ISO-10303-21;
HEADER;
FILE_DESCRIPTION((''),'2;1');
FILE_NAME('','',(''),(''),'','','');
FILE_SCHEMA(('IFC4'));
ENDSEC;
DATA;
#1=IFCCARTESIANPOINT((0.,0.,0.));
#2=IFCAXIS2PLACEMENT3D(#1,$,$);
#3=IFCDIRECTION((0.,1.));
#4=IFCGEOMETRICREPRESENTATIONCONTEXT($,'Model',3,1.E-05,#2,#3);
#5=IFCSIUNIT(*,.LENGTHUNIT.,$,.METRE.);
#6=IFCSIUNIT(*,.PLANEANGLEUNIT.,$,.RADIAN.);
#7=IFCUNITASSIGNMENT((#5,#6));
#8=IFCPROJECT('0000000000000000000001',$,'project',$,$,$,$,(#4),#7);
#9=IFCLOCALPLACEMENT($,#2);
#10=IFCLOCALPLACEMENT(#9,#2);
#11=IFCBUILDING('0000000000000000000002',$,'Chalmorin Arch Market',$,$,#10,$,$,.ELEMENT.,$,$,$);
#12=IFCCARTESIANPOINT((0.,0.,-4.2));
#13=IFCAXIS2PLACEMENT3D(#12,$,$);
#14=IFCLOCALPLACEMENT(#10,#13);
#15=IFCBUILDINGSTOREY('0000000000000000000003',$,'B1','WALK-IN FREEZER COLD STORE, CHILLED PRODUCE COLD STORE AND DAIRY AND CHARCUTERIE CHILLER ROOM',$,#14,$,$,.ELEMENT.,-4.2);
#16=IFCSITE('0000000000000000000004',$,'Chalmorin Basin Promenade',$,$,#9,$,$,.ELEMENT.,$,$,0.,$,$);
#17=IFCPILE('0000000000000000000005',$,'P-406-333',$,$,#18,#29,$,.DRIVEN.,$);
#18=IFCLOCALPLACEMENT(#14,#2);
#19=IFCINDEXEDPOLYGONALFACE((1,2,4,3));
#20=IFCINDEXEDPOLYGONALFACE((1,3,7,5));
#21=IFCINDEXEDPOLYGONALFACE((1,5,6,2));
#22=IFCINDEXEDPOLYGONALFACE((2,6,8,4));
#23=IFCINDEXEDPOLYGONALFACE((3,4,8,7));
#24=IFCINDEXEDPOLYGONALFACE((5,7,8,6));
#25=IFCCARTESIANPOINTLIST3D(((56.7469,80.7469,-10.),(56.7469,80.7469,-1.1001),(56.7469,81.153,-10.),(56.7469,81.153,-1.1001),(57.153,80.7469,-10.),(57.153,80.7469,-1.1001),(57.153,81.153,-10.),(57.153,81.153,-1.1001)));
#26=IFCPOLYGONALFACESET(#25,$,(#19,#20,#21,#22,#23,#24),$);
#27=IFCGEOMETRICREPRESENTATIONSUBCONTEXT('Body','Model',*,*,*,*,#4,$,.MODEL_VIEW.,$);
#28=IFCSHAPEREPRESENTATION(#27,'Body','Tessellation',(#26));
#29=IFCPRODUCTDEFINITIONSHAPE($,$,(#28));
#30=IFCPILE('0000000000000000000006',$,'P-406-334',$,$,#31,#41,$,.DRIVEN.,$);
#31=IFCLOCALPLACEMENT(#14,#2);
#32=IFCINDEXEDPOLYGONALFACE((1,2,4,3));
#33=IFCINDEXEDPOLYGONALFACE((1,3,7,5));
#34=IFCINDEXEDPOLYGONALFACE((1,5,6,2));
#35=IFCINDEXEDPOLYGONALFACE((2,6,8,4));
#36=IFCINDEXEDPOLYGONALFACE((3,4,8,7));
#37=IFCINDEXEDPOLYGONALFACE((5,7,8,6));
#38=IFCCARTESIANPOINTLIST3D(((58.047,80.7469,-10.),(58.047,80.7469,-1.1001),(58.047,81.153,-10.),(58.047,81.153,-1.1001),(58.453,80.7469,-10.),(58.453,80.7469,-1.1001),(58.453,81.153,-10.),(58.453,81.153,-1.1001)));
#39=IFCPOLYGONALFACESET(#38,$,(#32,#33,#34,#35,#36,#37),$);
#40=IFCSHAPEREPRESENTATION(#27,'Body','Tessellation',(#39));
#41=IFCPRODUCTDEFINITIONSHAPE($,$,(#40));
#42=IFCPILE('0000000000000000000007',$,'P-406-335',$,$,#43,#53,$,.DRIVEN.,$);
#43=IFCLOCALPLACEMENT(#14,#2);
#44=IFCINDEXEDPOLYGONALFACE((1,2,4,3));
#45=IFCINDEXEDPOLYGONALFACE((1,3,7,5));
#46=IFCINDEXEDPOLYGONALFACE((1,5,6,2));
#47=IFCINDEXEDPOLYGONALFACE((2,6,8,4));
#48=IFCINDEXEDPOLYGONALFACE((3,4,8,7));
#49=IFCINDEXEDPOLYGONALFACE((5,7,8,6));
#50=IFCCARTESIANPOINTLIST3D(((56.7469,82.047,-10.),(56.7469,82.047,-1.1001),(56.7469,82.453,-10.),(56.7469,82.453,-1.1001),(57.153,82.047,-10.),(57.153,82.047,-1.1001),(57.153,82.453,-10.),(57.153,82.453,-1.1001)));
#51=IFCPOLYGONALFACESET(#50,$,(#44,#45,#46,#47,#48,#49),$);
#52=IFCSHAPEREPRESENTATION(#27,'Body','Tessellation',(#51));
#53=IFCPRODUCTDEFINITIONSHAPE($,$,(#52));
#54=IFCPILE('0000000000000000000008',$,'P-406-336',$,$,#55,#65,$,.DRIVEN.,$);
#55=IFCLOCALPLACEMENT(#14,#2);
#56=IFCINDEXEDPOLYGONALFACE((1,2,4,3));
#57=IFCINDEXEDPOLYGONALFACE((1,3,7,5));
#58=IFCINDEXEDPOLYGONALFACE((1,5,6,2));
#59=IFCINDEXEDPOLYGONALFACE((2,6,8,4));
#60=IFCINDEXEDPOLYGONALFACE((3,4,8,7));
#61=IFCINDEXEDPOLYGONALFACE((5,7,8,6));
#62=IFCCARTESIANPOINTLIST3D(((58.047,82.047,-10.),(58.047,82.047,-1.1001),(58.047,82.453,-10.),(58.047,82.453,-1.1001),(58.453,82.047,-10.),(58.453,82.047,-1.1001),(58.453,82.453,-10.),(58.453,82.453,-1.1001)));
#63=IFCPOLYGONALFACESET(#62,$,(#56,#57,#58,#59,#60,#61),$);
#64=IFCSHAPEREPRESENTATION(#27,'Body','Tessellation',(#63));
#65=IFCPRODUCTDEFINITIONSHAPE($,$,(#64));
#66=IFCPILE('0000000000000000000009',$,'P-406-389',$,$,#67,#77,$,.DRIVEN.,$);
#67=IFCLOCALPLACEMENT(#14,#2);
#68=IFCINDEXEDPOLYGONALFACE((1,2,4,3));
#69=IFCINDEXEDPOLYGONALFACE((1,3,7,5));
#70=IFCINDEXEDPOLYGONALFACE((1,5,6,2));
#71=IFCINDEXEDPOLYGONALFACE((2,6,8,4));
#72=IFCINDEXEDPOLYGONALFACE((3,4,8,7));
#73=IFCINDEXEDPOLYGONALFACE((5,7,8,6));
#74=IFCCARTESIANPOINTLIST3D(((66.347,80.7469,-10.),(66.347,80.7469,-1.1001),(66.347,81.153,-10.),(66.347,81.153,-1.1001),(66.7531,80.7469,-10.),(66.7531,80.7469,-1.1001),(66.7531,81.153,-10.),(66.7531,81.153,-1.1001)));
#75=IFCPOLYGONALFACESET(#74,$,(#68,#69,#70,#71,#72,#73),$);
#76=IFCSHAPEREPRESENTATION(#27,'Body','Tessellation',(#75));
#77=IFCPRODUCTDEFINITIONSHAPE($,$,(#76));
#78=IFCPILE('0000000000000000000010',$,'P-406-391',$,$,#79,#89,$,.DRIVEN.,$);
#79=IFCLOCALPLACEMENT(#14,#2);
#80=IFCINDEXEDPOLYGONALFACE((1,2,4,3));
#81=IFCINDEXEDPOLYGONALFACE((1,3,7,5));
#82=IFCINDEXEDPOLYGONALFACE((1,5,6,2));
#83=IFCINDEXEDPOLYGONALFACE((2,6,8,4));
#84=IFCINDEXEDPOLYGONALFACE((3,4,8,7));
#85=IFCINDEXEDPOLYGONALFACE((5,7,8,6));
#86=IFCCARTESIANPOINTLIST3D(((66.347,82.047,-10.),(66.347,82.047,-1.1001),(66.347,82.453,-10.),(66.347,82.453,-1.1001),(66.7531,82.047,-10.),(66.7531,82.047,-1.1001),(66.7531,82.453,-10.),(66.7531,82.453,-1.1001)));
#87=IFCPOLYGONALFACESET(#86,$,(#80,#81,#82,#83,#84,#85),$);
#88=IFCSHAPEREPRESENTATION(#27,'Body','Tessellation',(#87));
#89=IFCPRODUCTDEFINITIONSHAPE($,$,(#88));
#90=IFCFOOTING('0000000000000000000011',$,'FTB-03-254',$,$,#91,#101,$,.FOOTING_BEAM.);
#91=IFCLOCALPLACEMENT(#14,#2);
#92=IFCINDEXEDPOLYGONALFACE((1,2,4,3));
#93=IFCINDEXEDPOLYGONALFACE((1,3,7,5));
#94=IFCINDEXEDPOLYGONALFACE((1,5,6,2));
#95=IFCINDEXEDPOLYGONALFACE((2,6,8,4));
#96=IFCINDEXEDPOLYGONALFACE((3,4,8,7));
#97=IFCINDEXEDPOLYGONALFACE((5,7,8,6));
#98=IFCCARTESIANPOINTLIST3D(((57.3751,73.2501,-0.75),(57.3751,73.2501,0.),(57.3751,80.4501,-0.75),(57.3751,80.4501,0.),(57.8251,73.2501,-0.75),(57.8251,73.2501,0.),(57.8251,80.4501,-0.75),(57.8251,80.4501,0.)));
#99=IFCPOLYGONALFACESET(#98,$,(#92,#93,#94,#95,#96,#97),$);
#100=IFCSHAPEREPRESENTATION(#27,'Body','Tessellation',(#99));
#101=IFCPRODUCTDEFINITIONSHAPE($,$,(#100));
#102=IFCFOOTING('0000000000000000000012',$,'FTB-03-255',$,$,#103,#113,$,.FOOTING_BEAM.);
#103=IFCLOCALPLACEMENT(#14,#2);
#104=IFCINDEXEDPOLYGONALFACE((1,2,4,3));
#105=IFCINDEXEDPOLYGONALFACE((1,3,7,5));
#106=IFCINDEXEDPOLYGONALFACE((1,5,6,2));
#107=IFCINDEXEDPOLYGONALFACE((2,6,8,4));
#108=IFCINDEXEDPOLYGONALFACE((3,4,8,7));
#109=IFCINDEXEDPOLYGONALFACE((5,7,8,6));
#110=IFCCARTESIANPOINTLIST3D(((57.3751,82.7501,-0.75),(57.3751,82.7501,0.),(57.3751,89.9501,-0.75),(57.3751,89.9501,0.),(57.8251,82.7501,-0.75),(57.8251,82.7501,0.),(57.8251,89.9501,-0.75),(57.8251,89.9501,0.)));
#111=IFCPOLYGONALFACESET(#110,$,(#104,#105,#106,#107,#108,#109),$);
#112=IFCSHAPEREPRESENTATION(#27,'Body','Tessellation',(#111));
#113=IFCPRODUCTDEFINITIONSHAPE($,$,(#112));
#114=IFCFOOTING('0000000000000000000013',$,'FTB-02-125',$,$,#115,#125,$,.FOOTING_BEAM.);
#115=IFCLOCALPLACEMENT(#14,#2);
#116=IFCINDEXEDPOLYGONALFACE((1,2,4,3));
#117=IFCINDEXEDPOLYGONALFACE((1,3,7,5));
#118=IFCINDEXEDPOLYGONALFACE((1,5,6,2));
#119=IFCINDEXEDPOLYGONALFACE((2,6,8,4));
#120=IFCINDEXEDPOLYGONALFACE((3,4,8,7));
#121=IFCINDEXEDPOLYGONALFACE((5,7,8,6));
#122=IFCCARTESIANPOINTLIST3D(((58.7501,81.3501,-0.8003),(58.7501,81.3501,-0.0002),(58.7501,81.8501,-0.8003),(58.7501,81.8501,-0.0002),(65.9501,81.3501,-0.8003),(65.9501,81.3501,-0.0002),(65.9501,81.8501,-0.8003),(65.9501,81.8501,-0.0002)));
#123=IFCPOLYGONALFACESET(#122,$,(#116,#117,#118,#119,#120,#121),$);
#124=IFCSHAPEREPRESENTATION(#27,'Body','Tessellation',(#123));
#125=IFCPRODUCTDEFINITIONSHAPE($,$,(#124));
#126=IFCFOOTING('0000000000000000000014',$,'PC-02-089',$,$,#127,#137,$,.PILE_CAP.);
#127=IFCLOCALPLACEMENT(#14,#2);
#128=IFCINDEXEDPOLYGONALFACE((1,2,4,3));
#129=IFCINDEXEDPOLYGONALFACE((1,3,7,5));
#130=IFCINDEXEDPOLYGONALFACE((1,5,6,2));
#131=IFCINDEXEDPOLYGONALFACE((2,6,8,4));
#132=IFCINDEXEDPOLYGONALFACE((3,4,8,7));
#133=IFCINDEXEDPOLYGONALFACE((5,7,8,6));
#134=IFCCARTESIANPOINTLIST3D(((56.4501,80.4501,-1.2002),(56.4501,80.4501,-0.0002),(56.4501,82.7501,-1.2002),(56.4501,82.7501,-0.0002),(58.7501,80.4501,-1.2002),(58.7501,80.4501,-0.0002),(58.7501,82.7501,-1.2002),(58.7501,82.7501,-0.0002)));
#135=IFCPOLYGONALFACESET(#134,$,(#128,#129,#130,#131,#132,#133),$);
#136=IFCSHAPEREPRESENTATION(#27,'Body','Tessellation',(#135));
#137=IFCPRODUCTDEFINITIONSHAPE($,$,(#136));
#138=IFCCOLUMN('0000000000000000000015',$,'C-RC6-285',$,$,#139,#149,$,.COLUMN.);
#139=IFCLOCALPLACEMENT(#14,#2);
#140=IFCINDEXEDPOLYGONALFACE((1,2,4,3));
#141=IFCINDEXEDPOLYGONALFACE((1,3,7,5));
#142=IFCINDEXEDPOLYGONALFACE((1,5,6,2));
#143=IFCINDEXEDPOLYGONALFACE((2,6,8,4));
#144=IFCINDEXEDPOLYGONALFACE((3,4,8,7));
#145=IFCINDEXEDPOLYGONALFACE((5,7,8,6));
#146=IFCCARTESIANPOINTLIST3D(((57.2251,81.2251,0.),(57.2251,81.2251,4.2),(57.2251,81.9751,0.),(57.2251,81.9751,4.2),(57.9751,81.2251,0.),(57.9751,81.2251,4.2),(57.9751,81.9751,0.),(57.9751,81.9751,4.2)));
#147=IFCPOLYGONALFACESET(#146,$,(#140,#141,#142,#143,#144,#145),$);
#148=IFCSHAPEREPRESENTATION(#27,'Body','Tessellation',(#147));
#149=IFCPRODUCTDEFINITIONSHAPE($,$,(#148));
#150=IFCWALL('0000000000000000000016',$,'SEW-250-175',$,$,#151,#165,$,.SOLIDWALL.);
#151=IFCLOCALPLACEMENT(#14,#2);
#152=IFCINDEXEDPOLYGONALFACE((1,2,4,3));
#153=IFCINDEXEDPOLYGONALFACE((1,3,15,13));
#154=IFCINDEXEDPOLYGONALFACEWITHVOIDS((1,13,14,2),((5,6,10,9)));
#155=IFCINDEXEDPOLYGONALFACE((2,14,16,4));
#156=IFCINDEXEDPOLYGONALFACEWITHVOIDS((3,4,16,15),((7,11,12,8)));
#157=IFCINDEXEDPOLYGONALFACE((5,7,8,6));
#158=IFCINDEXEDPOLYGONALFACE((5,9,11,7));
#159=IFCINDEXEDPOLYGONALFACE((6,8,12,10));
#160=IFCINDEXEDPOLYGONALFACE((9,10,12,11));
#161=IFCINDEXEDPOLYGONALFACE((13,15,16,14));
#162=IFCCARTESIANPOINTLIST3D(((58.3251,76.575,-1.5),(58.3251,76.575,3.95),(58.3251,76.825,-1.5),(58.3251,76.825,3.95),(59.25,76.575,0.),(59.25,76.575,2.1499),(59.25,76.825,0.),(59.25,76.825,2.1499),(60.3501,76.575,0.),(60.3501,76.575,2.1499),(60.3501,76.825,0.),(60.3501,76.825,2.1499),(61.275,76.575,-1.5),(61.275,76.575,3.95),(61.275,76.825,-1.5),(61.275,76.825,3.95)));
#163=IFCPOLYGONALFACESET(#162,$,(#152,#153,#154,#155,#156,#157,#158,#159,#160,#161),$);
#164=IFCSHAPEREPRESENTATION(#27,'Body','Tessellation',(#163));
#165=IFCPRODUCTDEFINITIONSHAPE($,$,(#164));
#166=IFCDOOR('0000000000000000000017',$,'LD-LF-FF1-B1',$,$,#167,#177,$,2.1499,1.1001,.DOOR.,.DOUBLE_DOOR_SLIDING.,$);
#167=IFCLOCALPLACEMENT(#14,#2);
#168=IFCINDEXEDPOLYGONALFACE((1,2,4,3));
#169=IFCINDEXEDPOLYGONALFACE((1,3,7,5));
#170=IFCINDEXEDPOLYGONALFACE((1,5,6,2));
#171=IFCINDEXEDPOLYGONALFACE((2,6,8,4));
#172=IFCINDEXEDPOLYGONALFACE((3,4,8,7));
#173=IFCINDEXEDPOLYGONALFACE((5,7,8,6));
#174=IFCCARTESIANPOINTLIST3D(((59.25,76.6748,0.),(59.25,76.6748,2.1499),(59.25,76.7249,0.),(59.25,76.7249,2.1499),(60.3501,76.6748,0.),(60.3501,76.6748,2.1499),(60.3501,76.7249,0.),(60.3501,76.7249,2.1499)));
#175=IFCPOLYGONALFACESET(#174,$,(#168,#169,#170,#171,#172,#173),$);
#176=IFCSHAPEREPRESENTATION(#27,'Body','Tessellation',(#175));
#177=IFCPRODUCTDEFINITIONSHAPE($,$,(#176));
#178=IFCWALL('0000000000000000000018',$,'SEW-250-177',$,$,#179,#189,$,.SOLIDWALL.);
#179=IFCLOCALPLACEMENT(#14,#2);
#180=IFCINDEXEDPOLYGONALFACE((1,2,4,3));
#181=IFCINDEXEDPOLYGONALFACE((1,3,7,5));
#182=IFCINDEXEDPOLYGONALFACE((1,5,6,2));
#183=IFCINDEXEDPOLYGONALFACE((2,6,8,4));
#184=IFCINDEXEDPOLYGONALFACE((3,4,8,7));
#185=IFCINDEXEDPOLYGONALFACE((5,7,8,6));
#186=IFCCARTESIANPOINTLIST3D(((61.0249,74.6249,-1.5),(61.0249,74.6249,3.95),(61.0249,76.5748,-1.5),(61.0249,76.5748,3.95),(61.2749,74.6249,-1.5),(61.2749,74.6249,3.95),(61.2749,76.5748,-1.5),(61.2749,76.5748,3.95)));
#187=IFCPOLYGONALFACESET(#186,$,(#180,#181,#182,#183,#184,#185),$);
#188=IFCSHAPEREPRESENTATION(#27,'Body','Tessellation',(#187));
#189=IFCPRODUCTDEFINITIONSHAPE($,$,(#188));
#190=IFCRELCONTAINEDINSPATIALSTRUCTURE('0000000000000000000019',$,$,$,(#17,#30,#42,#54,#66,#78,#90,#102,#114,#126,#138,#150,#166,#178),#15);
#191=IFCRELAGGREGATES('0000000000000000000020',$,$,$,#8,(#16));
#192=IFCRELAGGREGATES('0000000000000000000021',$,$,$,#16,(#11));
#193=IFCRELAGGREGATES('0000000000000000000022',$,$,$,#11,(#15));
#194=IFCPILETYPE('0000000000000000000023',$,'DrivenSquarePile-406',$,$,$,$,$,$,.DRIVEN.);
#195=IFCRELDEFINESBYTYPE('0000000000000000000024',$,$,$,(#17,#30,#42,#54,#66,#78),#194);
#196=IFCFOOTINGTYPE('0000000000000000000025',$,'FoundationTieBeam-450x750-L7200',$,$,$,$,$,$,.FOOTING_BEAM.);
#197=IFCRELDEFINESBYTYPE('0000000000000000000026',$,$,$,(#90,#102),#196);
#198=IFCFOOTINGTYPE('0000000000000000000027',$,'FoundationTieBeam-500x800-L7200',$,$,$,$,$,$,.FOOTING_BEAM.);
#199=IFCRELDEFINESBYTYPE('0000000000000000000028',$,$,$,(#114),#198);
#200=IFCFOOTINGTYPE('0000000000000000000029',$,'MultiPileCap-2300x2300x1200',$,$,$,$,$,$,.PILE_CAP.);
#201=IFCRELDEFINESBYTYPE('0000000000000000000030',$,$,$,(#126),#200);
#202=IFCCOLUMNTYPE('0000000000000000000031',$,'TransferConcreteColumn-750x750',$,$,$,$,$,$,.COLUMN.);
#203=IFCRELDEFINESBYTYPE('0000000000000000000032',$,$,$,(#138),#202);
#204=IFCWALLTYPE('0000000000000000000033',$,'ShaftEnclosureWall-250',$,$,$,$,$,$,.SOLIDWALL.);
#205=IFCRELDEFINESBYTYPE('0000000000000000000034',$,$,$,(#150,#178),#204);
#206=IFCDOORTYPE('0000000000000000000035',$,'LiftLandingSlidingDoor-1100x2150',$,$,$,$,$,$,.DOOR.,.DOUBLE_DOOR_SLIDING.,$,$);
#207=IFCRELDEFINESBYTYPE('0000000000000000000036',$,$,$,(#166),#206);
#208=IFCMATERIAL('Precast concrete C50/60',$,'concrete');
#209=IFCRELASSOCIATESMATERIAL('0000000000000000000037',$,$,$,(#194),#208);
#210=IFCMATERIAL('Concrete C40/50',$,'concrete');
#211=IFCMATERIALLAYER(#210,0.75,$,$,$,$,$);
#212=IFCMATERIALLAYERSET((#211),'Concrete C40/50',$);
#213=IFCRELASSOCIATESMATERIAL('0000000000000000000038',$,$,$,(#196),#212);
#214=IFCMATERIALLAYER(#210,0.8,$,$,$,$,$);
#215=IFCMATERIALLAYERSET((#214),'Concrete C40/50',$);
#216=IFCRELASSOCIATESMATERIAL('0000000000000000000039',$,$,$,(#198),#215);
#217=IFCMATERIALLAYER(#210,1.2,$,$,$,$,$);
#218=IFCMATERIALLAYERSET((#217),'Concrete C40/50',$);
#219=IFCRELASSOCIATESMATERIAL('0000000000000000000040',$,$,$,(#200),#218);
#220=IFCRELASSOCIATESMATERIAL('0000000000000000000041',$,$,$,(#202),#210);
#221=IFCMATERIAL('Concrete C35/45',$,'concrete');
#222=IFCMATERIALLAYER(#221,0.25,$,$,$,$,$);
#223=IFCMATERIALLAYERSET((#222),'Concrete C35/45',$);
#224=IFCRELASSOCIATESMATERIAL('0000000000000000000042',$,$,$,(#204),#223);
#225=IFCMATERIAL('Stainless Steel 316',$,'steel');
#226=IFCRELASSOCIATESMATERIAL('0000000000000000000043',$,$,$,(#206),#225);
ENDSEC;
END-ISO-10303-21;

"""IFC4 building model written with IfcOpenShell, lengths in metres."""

from ifc_helpers import new_model, si_unit, direction, frame, frame_2d, origin, origin_2d, place, context, subcontext, project, spatial, rectangle, extrude, material, layer, layer_set, material_profile, profile_set, type_object, element, fill, save


model = new_model("IFC4")

# Units and contexts
model_context = context("Model", 3, precision=1e-05, world=origin(), true_north=direction((0.0, 1.0)))
body_context = subcontext(model_context, "Body", "Model", "MODEL_VIEW")
ifc_project = project(units=[si_unit("LENGTHUNIT", "METRE"), si_unit("PLANEANGLEUNIT", "RADIAN")], contexts=[model_context])

# Site, building, storey
site_placement = place(None, origin())
site = spatial("IfcSite", under=ifc_project, at=site_placement, Name="Chalmorin Basin Promenade", CompositionType="ELEMENT", RefElevation=0.0)
building_placement = place(site_placement, origin())
building = spatial("IfcBuilding", under=site, at=building_placement, Name="Chalmorin Arch Market", CompositionType="ELEMENT")
storey_placement = place(building_placement, frame((0.0, 0.0, -4.2)))
storey = spatial("IfcBuildingStorey", under=building, at=storey_placement, Name="B1", Description="WALK-IN FREEZER COLD STORE, CHILLED PRODUCE COLD STORE AND DAIRY AND CHARCUTERIE CHILLER ROOM", CompositionType="ELEMENT", Elevation=-4.2)

# Piles
ifc_material_1 = material(Name="Precast concrete C50/60", Category="concrete")
ifc_material_profile_1 = material_profile(ifc_material_1, rectangle(XDim=0.406, YDim=0.406, at=origin_2d()), Name="PPC406")
ifc_profile_set_1 = profile_set([ifc_material_profile_1], Name="Precast concrete C50/60")
pile_type = type_object("IfcPileType", Name="DrivenSquarePile-406", PredefinedType="DRIVEN", material=ifc_profile_set_1)
for number, where, z_axis, x_axis, name in (
    (1, (56.95, 80.95, -1.1001), (0.0, 0.0, -1.0), (1.0, 0.0, 0.0), "P-406-333"),
    (2, (58.25, 80.95, -1.1001), (0.0, 0.0, -1.0), (1.0, 0.0, 0.0), "P-406-334"),
    (3, (56.95, 82.25, -1.1001), (0.0, 0.0, -1.0), (1.0, 0.0, 0.0), "P-406-335"),
    (4, (58.25, 82.25, -1.1001), (0.0, 0.0, -1.0), (1.0, 0.0, 0.0), "P-406-336"),
    (5, (66.55, 80.95, -1.1001), (0.0, 0.0, -1.0), (1.0, 0.0, 0.0), "P-406-389"),
    (6, (66.55, 82.25, -1.1001), (0.0, 0.0, -1.0), (1.0, 0.0, 0.0), "P-406-391"),
):
    element("IfcPile", number, at=place(storey_placement, frame(where, z_axis=z_axis, x_axis=x_axis)), inside=storey, type_object=pile_type, Name=name, PredefinedType="DRIVEN", context=body_context, shape_type="SweptSolid", body=[
        extrude(rectangle(XDim=0.406, YDim=0.406, at=origin_2d()), origin(), (0.0, 0.0, 1.0), 8.8999),
    ])

# Footings
ifc_material_2 = material(Name="Concrete C40/50", Category="concrete")
ifc_layer_1 = layer(ifc_material_2, 0.75)
ifc_layer_set_1 = layer_set([ifc_layer_1], Name="Concrete C40/50")
footing_type_1 = type_object("IfcFootingType", Name="FoundationTieBeam-450x750-L7200", PredefinedType="FOOTING_BEAM", material=ifc_layer_set_1)
for number, where, z_axis, x_axis, name in (
    (7, (57.6001, 76.8501, -0.75), (0.0, 0.0, 1.0), (0.0, 1.0, 0.0), "FTB-03-254"),
    (8, (57.6001, 86.3501, -0.75), (0.0, 0.0, 1.0), (0.0, 1.0, 0.0), "FTB-03-255"),
):
    element("IfcFooting", number, at=place(storey_placement, frame(where, z_axis=z_axis, x_axis=x_axis)), inside=storey, type_object=footing_type_1, Name=name, PredefinedType="FOOTING_BEAM", context=body_context, shape_type="SweptSolid", body=[
        extrude(rectangle(XDim=7.2, YDim=0.45, at=origin_2d()), origin(), (0.0, 0.0, 1.0), 0.75),
    ])
ifc_layer_2 = layer(ifc_material_2, 0.8)
ifc_layer_set_2 = layer_set([ifc_layer_2], Name="Concrete C40/50")
footing_type_2 = type_object("IfcFootingType", Name="FoundationTieBeam-500x800-L7200", PredefinedType="FOOTING_BEAM", material=ifc_layer_set_2)
footing_1_placement = place(storey_placement, frame((62.3501, 81.6001, -0.8003), z_axis=(0.0, 0.0, 1.0), x_axis=(1.0, 0.0, 0.0)))
element("IfcFooting", 9, at=footing_1_placement, inside=storey, type_object=footing_type_2, Name="FTB-02-125", PredefinedType="FOOTING_BEAM", context=body_context, shape_type="SweptSolid", body=[
    extrude(rectangle(XDim=7.2, YDim=0.5, at=origin_2d()), origin(), (0.0, 0.0, 1.0), 0.8),
])
ifc_layer_3 = layer(ifc_material_2, 1.2)
ifc_layer_set_3 = layer_set([ifc_layer_3], Name="Concrete C40/50")
footing_type_3 = type_object("IfcFootingType", Name="MultiPileCap-2300x2300x1200", PredefinedType="PILE_CAP", material=ifc_layer_set_3)
footing_2_placement = place(storey_placement, frame((57.6001, 81.6001, -1.2002), z_axis=(0.0, 0.0, 1.0), x_axis=(1.0, 0.0, 0.0)))
element("IfcFooting", 10, at=footing_2_placement, inside=storey, type_object=footing_type_3, Name="PC-02-089", PredefinedType="PILE_CAP", context=body_context, shape_type="SweptSolid", body=[
    extrude(rectangle(XDim=2.3, YDim=2.3, at=origin_2d()), origin(), (0.0, 0.0, 1.0), 1.2),
])

# Column
ifc_material_profile_2 = material_profile(ifc_material_2, rectangle(XDim=0.75, YDim=0.75, at=origin_2d()), Name="RC750X750")
ifc_profile_set_2 = profile_set([ifc_material_profile_2], Name="Concrete C40/50")
column_type = type_object("IfcColumnType", Name="TransferConcreteColumn-750x750", PredefinedType="COLUMN", material=ifc_profile_set_2)
column_placement = place(storey_placement, frame((57.6001, 81.6001, 0.0), z_axis=(0.0, 0.0, 1.0), x_axis=(1.0, 0.0, 0.0)))
element("IfcColumn", 11, at=column_placement, inside=storey, type_object=column_type, Name="C-RC6-285", PredefinedType="COLUMN", context=body_context, shape_type="SweptSolid", body=[
    extrude(rectangle(XDim=0.75, YDim=0.75, at=origin_2d()), origin(), (0.0, 0.0, 1.0), 4.2),
])

# Wall, opening, door
ifc_material_3 = material(Name="Concrete C35/45", Category="concrete")
ifc_layer_4 = layer(ifc_material_3, 0.25)
ifc_layer_set_4 = layer_set([ifc_layer_4], Name="Concrete C35/45")
wall_type_1 = type_object("IfcWallType", Name="ShaftEnclosureWall-250", PredefinedType="SOLIDWALL", material=ifc_layer_set_4)
wall_1_placement = place(storey_placement, frame((58.325, 76.7, -1.5), z_axis=(0.0, 0.0, 1.0), x_axis=(1.0, 0.0, 0.0)))
wall_1 = element("IfcWall", 12, at=wall_1_placement, inside=storey, type_object=wall_type_1, Name="SEW-250-175", PredefinedType="SOLIDWALL", context=body_context, shape_type="SweptSolid", body=[
    extrude(rectangle(XDim=2.95, YDim=0.25, at=frame_2d((1.4751, 0.0))), origin(), (0.0, 0.0, 1.0), 5.45),
])
opening_1_placement = place(wall_1_placement, frame((0.925, 0.0, 1.5)))
opening_1 = element("IfcOpeningElement", 13, at=opening_1_placement, cuts=wall_1, PredefinedType="OPENING", context=body_context, shape_type="SweptSolid", body=[
    extrude(rectangle(XDim=1.1001, YDim=2.1499, at=frame_2d((0.55, 1.075))), frame((0.0, 0.135, 0.0), z_axis=(0.0, -1.0, 0.0), x_axis=(1.0, 0.0, 0.0)), (0.0, 0.0, 1.0), 0.27),
])
ifc_material_4 = material(Name="Stainless Steel 316", Category="steel")
door_type_1 = type_object("IfcDoorType", Name="LiftLandingSlidingDoor-1100x2150", OperationType="DOUBLE_DOOR_SLIDING", PredefinedType="DOOR", material=ifc_material_4)
door_1_placement = place(opening_1_placement, origin())
door_1 = element("IfcDoor", 14, at=door_1_placement, inside=storey, type_object=door_type_1, Name="LD-LF-FF1-B1", OperationType="DOUBLE_DOOR_SLIDING", OverallHeight=2.1499, OverallWidth=1.1001, PredefinedType="DOOR", context=body_context, shape_type="SweptSolid", body=[
    extrude(rectangle(XDim=1.1001, YDim=2.1499, at=frame_2d((0.55, 1.075))), frame((0.0, 0.0249, 0.0), z_axis=(0.0, -1.0, 0.0), x_axis=(1.0, 0.0, 0.0)), (0.0, 0.0, 1.0), 0.05),
])
fill(opening_1, door_1)

# Wall
wall_2_placement = place(storey_placement, frame((61.1499, 76.575, -1.5), z_axis=(0.0, 0.0, 1.0), x_axis=(0.0, -1.0, 0.0)))
element("IfcWall", 15, at=wall_2_placement, inside=storey, type_object=wall_type_1, Name="SEW-250-177", PredefinedType="SOLIDWALL", context=body_context, shape_type="SweptSolid", body=[
    extrude(rectangle(XDim=1.95, YDim=0.25, at=frame_2d((0.9751, 0.0))), origin(), (0.0, 0.0, 1.0), 5.45),
])

save(model, "model.ifc")
